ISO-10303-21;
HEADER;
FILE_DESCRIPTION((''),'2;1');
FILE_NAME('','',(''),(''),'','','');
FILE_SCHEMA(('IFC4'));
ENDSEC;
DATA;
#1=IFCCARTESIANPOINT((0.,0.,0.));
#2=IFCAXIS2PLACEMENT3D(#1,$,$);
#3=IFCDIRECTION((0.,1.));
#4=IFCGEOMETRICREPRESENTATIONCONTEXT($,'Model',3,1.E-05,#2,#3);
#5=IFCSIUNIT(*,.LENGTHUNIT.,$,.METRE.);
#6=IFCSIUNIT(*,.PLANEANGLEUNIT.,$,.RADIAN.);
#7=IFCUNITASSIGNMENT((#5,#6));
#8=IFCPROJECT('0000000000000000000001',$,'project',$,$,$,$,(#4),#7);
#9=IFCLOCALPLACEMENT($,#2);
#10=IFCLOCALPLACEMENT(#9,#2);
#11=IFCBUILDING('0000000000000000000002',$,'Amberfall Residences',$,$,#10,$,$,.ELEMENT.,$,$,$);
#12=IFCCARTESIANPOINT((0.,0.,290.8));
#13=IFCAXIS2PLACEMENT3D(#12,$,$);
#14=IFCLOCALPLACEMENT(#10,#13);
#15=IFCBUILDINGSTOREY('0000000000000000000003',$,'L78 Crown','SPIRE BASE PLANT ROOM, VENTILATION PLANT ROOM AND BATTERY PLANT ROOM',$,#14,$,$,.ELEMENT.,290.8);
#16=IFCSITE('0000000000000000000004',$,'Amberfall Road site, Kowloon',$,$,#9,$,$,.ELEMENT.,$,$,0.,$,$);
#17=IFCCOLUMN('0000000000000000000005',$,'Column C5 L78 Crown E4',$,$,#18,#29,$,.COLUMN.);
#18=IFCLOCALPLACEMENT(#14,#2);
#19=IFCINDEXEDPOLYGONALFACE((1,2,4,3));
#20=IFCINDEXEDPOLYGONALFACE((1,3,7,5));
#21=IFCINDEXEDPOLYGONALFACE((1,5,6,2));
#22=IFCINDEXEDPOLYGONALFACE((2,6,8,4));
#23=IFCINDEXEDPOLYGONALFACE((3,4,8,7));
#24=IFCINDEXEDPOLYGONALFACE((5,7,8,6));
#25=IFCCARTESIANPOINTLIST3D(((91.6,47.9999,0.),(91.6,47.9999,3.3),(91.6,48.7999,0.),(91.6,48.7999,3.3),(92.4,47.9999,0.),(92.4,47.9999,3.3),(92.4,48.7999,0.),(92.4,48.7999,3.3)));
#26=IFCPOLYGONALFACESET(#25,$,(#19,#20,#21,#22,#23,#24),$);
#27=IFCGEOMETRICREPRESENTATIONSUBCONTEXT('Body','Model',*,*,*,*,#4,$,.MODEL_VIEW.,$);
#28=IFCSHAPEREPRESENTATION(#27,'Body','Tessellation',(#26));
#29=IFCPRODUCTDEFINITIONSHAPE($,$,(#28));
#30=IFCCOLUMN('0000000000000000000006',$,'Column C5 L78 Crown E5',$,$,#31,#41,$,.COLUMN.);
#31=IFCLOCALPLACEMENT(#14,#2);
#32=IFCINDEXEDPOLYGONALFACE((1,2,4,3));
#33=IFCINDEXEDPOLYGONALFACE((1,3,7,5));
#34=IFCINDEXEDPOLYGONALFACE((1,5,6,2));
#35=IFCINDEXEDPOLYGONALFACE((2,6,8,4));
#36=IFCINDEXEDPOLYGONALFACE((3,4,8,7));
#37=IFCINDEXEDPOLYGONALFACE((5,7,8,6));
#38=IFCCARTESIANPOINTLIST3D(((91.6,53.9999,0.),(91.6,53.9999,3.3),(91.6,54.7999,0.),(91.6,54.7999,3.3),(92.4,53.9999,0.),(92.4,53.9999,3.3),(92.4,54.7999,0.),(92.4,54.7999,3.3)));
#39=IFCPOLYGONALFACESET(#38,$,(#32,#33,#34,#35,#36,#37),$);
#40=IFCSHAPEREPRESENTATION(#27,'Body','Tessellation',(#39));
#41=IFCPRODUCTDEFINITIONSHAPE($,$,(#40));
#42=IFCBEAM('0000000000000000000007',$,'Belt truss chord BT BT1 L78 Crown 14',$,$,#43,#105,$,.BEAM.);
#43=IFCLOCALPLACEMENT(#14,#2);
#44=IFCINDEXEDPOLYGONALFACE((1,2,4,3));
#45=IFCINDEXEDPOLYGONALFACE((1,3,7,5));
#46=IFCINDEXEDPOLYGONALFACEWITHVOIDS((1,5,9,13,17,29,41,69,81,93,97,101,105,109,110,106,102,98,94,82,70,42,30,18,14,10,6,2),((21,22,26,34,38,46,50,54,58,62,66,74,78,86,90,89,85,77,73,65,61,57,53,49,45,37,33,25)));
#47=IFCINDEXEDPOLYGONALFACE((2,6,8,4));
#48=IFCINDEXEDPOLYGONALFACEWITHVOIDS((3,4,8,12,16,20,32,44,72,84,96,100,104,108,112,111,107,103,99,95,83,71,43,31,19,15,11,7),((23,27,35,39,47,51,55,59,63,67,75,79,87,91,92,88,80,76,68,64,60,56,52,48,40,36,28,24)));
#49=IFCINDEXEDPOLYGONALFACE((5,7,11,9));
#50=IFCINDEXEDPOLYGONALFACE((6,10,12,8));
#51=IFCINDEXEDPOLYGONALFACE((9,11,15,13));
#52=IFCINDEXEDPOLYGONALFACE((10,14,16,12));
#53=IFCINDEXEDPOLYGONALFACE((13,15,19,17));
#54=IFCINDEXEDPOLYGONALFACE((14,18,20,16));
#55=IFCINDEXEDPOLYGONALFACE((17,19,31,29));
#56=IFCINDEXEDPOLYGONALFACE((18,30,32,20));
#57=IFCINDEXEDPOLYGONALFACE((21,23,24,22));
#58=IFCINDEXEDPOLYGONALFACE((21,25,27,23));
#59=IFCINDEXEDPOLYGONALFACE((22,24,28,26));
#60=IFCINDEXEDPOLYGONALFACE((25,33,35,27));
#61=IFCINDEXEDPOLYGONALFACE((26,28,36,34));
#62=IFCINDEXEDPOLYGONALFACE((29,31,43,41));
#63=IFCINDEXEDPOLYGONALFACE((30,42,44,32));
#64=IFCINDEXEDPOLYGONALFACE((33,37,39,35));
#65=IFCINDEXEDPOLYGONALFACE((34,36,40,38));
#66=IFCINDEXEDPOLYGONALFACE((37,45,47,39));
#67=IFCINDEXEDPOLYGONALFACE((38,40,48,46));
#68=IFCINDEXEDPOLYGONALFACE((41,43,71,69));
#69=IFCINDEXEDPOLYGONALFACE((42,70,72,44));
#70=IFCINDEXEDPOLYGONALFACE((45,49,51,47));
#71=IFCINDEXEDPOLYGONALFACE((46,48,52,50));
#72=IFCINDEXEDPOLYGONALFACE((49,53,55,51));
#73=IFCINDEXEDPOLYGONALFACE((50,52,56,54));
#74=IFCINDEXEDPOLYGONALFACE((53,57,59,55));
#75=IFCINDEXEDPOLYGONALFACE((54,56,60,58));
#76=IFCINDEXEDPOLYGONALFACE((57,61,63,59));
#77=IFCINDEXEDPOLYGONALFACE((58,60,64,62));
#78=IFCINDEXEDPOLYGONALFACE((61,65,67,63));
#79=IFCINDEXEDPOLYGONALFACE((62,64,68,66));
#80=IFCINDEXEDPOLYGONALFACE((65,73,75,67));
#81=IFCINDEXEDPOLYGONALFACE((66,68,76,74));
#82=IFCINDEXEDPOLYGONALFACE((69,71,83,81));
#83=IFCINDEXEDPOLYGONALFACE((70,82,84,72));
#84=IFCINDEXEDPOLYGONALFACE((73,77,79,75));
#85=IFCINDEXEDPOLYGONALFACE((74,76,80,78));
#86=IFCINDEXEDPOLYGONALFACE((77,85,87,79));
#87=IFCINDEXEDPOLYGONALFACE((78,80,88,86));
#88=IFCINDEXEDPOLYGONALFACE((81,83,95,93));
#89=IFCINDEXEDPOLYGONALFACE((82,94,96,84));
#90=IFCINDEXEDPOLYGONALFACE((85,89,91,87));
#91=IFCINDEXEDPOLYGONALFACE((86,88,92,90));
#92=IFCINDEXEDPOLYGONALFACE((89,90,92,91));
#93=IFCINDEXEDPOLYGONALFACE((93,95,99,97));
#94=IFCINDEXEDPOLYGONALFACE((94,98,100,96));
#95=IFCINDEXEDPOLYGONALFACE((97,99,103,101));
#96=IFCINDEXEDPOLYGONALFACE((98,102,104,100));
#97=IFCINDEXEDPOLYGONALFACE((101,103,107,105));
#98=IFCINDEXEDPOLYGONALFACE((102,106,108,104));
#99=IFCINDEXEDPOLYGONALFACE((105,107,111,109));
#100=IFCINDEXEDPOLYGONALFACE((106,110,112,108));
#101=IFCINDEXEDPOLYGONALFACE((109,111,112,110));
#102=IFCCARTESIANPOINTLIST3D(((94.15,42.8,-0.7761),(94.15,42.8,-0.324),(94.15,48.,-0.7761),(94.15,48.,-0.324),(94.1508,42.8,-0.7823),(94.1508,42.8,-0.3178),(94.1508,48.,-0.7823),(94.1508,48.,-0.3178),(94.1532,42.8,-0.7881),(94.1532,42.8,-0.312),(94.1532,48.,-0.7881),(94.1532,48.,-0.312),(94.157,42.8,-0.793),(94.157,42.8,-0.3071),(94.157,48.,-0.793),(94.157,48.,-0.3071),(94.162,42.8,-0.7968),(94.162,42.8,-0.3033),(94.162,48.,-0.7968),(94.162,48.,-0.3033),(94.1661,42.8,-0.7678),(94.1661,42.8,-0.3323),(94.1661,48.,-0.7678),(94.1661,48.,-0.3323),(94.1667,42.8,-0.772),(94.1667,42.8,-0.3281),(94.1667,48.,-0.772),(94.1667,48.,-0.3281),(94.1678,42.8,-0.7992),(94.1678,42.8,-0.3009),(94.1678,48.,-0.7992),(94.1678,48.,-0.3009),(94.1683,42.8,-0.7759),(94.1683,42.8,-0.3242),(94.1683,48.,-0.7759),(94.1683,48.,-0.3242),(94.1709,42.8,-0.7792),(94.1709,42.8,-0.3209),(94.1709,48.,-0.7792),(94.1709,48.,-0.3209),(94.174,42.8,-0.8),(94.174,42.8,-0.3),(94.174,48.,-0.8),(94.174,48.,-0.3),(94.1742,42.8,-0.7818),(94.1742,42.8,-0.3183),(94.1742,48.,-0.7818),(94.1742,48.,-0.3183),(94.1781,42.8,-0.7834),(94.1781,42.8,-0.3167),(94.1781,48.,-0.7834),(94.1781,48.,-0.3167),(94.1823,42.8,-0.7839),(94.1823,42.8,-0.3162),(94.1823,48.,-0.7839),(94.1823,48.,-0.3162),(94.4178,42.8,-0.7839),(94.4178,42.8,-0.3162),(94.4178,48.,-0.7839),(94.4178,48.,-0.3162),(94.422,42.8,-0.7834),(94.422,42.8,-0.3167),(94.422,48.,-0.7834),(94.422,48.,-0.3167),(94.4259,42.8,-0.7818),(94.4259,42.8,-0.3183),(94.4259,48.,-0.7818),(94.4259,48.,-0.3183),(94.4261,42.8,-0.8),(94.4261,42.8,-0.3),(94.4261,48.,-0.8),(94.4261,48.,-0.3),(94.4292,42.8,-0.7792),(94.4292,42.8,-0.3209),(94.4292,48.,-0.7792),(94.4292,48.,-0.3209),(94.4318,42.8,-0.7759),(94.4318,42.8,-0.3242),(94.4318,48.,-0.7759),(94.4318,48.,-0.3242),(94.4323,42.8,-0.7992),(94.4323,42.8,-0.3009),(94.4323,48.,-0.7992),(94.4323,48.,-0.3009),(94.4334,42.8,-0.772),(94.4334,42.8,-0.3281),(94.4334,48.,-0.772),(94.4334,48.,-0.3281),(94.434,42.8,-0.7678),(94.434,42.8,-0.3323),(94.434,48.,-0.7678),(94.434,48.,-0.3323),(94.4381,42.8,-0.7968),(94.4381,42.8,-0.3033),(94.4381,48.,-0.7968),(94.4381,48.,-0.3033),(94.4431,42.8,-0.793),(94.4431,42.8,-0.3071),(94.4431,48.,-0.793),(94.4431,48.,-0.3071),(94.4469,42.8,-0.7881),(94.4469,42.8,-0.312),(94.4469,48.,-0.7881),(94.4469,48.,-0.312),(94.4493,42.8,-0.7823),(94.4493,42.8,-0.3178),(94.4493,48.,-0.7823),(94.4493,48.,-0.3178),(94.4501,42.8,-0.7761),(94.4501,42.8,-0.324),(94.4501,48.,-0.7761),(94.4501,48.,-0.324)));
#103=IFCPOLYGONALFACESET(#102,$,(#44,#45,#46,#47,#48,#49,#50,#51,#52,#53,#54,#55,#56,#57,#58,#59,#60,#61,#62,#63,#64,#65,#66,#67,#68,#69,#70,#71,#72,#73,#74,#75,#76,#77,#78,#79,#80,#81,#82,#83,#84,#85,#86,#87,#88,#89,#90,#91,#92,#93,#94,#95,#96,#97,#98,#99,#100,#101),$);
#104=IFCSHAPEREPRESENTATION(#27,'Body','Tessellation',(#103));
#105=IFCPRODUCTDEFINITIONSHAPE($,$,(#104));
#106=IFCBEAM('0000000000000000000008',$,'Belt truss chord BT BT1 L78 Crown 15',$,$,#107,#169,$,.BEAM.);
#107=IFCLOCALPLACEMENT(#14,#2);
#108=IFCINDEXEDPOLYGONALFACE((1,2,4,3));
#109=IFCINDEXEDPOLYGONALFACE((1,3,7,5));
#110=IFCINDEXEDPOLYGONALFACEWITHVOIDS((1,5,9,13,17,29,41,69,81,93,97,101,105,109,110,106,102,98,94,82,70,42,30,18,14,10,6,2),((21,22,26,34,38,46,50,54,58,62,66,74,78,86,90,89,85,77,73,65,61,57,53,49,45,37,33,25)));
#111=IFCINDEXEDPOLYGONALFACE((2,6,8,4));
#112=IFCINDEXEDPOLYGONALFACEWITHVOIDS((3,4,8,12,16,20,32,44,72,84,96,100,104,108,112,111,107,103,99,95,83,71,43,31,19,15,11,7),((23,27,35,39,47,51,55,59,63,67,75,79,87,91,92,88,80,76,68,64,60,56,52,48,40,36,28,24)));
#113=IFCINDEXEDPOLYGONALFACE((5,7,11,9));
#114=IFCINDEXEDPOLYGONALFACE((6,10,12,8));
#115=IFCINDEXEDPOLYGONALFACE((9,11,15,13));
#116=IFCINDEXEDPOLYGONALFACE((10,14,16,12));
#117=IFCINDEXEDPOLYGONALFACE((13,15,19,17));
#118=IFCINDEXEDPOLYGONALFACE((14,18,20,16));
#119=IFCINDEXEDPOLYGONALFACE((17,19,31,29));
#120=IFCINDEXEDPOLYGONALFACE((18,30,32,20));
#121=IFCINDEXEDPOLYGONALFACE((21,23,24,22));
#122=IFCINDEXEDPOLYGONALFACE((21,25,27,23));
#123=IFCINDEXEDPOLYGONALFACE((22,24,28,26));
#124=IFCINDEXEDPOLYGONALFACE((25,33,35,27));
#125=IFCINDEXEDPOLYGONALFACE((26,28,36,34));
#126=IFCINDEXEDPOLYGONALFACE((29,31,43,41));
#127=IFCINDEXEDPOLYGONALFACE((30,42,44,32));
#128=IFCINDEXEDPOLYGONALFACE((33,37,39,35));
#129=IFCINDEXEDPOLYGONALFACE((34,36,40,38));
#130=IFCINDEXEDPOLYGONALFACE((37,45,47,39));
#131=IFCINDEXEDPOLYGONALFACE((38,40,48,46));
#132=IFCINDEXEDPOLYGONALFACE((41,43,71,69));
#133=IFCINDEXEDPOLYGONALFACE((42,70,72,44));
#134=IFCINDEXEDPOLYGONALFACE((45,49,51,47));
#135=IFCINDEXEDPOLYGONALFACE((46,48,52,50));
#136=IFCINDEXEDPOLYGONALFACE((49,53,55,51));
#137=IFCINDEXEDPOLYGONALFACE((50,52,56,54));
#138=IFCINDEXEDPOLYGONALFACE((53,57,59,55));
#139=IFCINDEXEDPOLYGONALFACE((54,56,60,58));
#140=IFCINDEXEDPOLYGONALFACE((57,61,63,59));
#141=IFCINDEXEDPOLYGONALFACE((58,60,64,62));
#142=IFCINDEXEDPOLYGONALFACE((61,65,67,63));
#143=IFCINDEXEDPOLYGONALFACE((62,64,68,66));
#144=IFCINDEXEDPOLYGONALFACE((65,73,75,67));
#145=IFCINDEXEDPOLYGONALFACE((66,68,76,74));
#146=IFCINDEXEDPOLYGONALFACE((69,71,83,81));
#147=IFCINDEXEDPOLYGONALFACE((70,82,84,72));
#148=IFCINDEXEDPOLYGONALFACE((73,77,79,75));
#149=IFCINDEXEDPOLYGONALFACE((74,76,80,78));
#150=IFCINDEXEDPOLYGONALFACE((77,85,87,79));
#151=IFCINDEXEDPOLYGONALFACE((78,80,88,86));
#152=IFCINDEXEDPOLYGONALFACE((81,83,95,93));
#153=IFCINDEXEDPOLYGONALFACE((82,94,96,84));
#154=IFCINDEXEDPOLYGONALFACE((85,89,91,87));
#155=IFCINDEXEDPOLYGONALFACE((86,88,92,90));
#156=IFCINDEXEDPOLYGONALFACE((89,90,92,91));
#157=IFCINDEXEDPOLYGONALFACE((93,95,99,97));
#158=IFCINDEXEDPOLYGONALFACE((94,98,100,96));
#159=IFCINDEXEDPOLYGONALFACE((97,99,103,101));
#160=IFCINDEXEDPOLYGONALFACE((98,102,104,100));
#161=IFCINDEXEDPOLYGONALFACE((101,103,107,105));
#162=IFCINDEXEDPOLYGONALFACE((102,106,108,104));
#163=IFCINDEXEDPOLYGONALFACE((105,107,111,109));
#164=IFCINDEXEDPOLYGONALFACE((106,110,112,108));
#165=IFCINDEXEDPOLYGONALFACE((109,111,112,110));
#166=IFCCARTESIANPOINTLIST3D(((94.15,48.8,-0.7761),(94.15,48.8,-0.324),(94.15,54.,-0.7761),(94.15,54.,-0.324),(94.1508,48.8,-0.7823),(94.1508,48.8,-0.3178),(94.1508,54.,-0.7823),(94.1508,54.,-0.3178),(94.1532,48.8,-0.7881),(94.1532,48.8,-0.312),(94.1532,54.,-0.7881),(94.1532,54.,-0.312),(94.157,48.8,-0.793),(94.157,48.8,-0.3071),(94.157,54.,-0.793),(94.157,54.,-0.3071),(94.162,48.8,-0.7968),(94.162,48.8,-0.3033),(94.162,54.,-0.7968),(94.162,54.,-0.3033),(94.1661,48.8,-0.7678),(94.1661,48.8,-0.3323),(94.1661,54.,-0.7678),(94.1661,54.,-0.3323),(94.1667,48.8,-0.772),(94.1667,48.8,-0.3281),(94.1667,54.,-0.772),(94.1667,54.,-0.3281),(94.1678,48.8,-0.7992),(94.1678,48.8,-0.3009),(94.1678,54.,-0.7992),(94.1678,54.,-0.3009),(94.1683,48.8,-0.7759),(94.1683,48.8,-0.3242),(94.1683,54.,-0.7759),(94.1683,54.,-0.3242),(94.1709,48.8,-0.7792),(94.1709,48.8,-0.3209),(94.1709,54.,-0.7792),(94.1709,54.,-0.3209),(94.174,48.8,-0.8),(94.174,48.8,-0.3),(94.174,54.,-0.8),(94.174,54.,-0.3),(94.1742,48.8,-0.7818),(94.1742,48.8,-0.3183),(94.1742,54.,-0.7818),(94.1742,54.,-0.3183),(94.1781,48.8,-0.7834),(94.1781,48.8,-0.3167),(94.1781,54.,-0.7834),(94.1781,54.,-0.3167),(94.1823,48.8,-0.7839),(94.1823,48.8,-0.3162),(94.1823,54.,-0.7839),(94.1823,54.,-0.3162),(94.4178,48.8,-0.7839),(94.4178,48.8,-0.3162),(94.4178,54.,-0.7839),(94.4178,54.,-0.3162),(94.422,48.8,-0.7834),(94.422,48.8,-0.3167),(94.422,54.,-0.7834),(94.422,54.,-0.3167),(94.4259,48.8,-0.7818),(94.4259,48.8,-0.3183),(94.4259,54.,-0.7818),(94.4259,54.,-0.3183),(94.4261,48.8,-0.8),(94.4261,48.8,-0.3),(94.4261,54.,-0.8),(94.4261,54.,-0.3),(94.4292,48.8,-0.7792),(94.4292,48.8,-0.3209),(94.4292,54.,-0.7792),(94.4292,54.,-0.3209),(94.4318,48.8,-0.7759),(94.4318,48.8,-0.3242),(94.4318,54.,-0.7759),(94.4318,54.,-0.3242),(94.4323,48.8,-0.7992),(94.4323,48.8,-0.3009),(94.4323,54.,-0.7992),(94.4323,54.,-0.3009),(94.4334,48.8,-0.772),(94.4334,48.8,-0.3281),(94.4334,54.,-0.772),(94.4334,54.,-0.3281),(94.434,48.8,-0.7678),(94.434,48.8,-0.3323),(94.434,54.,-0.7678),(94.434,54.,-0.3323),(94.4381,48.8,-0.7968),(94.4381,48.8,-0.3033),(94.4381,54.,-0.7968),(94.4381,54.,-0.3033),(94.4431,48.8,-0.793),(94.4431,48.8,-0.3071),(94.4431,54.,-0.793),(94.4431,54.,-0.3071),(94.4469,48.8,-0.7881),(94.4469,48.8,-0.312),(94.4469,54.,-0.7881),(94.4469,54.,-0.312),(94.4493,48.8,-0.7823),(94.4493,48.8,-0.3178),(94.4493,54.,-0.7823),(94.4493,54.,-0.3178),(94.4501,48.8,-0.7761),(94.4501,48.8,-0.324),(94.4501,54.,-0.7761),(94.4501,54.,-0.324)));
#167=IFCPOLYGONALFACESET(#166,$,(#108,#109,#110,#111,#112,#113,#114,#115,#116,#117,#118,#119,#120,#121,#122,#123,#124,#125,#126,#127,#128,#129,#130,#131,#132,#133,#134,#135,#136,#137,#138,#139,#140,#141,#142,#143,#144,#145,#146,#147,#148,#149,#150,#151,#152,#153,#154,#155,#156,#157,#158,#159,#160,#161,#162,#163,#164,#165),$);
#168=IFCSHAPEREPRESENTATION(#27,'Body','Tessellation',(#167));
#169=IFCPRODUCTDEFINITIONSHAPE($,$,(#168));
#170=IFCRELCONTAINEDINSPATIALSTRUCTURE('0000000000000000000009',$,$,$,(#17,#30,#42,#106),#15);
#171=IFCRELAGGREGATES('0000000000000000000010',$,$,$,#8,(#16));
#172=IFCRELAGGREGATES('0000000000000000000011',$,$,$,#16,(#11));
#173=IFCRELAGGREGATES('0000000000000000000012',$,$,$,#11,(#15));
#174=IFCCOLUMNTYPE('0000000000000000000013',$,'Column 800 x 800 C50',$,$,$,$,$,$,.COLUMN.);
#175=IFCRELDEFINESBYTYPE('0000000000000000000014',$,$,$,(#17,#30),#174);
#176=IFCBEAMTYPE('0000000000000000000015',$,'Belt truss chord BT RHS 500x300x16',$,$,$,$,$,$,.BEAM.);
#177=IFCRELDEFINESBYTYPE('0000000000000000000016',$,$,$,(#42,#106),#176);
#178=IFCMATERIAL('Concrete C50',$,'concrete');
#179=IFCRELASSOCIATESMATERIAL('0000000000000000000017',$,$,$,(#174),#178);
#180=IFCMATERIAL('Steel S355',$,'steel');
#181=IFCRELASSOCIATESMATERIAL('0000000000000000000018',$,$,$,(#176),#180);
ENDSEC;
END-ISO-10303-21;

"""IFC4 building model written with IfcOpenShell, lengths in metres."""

from ifc_helpers import new_model, si_unit, direction, frame, origin, origin_2d, place, context, subcontext, project, spatial, rectangle, hollow_rectangle, extrude, material, material_profile, profile_set, type_object, element, save


model = new_model("IFC4")

# Units and contexts
model_context = context("Model", 3, precision=1e-05, world=origin(), true_north=direction((0.0, 1.0)))
body_context = subcontext(model_context, "Body", "Model", "MODEL_VIEW")
ifc_project = project(units=[si_unit("LENGTHUNIT", "METRE"), si_unit("PLANEANGLEUNIT", "RADIAN")], contexts=[model_context])

# Site, building, storey
site_placement = place(None, origin())
site = spatial("IfcSite", under=ifc_project, at=site_placement, Name="Amberfall Road site, Kowloon", CompositionType="ELEMENT", RefElevation=0.0)
building_placement = place(site_placement, origin())
building = spatial("IfcBuilding", under=site, at=building_placement, Name="Amberfall Residences", CompositionType="ELEMENT")
storey_placement = place(building_placement, frame((0.0, 0.0, 290.8)))
storey = spatial("IfcBuildingStorey", under=building, at=storey_placement, Name="L78 Crown", Description="SPIRE BASE PLANT ROOM, VENTILATION PLANT ROOM AND BATTERY PLANT ROOM", CompositionType="ELEMENT", Elevation=290.8)

# Columns
ifc_material_1 = material(Name="Concrete C50", Category="concrete")
ifc_material_profile_1 = material_profile(ifc_material_1, rectangle(XDim=0.8, YDim=0.8, at=origin_2d()), Name="Column 800 x 800 C50")
ifc_profile_set_1 = profile_set([ifc_material_profile_1], Name="Concrete C50")
column_type = type_object("IfcColumnType", Name="Column 800 x 800 C50", PredefinedType="COLUMN", material=ifc_profile_set_1)
for number, where, z_axis, x_axis, name in (
    (1, (92.0, 48.3999, 0.0), (0.0, 0.0, 1.0), (1.0, 0.0, 0.0), "Column C5 L78 Crown E4"),
    (2, (92.0, 54.3999, 0.0), (0.0, 0.0, 1.0), (1.0, 0.0, 0.0), "Column C5 L78 Crown E5"),
):
    element("IfcColumn", number, at=place(storey_placement, frame(where, z_axis=z_axis, x_axis=x_axis)), inside=storey, type_object=column_type, Name=name, PredefinedType="COLUMN", context=body_context, shape_type="SweptSolid", body=[
        extrude(rectangle(XDim=0.8, YDim=0.8, at=origin_2d()), origin(), (0.0, 0.0, 1.0), 3.3),
    ])

# Beams
ifc_material_2 = material(Name="Steel S355", Category="steel")
ifc_material_profile_2 = material_profile(ifc_material_2, hollow_rectangle(XDim=0.3, YDim=0.5, WallThickness=0.0161, InnerFilletRadius=0.0161, OuterFilletRadius=0.0239, at=origin_2d()), Name="RHS 500x300x16")
ifc_profile_set_2 = profile_set([ifc_material_profile_2], Name="Steel S355")
beam_type_1 = type_object("IfcBeamType", Name="Belt truss chord BT RHS 500x300x16", PredefinedType="BEAM", material=ifc_profile_set_2)
for number, where, z_axis, x_axis, name in (
    (3, (94.3, 42.8, -0.55), (0.0, 1.0, 0.0), (-1.0, 0.0, 0.0), "Belt truss chord BT BT1 L78 Crown 14"),
    (4, (94.3, 48.8, -0.55), (0.0, 1.0, 0.0), (-1.0, 0.0, 0.0), "Belt truss chord BT BT1 L78 Crown 15"),
):
    element("IfcBeam", number, at=place(storey_placement, frame(where, z_axis=z_axis, x_axis=x_axis)), inside=storey, type_object=beam_type_1, Name=name, PredefinedType="BEAM", context=body_context, shape_type="SweptSolid", body=[
        extrude(hollow_rectangle(XDim=0.3, YDim=0.5, WallThickness=0.0161, InnerFilletRadius=0.0161, OuterFilletRadius=0.0239, at=origin_2d()), origin(), (0.0, 0.0, 1.0), 5.2),
    ])

save(model, "model.ifc")
